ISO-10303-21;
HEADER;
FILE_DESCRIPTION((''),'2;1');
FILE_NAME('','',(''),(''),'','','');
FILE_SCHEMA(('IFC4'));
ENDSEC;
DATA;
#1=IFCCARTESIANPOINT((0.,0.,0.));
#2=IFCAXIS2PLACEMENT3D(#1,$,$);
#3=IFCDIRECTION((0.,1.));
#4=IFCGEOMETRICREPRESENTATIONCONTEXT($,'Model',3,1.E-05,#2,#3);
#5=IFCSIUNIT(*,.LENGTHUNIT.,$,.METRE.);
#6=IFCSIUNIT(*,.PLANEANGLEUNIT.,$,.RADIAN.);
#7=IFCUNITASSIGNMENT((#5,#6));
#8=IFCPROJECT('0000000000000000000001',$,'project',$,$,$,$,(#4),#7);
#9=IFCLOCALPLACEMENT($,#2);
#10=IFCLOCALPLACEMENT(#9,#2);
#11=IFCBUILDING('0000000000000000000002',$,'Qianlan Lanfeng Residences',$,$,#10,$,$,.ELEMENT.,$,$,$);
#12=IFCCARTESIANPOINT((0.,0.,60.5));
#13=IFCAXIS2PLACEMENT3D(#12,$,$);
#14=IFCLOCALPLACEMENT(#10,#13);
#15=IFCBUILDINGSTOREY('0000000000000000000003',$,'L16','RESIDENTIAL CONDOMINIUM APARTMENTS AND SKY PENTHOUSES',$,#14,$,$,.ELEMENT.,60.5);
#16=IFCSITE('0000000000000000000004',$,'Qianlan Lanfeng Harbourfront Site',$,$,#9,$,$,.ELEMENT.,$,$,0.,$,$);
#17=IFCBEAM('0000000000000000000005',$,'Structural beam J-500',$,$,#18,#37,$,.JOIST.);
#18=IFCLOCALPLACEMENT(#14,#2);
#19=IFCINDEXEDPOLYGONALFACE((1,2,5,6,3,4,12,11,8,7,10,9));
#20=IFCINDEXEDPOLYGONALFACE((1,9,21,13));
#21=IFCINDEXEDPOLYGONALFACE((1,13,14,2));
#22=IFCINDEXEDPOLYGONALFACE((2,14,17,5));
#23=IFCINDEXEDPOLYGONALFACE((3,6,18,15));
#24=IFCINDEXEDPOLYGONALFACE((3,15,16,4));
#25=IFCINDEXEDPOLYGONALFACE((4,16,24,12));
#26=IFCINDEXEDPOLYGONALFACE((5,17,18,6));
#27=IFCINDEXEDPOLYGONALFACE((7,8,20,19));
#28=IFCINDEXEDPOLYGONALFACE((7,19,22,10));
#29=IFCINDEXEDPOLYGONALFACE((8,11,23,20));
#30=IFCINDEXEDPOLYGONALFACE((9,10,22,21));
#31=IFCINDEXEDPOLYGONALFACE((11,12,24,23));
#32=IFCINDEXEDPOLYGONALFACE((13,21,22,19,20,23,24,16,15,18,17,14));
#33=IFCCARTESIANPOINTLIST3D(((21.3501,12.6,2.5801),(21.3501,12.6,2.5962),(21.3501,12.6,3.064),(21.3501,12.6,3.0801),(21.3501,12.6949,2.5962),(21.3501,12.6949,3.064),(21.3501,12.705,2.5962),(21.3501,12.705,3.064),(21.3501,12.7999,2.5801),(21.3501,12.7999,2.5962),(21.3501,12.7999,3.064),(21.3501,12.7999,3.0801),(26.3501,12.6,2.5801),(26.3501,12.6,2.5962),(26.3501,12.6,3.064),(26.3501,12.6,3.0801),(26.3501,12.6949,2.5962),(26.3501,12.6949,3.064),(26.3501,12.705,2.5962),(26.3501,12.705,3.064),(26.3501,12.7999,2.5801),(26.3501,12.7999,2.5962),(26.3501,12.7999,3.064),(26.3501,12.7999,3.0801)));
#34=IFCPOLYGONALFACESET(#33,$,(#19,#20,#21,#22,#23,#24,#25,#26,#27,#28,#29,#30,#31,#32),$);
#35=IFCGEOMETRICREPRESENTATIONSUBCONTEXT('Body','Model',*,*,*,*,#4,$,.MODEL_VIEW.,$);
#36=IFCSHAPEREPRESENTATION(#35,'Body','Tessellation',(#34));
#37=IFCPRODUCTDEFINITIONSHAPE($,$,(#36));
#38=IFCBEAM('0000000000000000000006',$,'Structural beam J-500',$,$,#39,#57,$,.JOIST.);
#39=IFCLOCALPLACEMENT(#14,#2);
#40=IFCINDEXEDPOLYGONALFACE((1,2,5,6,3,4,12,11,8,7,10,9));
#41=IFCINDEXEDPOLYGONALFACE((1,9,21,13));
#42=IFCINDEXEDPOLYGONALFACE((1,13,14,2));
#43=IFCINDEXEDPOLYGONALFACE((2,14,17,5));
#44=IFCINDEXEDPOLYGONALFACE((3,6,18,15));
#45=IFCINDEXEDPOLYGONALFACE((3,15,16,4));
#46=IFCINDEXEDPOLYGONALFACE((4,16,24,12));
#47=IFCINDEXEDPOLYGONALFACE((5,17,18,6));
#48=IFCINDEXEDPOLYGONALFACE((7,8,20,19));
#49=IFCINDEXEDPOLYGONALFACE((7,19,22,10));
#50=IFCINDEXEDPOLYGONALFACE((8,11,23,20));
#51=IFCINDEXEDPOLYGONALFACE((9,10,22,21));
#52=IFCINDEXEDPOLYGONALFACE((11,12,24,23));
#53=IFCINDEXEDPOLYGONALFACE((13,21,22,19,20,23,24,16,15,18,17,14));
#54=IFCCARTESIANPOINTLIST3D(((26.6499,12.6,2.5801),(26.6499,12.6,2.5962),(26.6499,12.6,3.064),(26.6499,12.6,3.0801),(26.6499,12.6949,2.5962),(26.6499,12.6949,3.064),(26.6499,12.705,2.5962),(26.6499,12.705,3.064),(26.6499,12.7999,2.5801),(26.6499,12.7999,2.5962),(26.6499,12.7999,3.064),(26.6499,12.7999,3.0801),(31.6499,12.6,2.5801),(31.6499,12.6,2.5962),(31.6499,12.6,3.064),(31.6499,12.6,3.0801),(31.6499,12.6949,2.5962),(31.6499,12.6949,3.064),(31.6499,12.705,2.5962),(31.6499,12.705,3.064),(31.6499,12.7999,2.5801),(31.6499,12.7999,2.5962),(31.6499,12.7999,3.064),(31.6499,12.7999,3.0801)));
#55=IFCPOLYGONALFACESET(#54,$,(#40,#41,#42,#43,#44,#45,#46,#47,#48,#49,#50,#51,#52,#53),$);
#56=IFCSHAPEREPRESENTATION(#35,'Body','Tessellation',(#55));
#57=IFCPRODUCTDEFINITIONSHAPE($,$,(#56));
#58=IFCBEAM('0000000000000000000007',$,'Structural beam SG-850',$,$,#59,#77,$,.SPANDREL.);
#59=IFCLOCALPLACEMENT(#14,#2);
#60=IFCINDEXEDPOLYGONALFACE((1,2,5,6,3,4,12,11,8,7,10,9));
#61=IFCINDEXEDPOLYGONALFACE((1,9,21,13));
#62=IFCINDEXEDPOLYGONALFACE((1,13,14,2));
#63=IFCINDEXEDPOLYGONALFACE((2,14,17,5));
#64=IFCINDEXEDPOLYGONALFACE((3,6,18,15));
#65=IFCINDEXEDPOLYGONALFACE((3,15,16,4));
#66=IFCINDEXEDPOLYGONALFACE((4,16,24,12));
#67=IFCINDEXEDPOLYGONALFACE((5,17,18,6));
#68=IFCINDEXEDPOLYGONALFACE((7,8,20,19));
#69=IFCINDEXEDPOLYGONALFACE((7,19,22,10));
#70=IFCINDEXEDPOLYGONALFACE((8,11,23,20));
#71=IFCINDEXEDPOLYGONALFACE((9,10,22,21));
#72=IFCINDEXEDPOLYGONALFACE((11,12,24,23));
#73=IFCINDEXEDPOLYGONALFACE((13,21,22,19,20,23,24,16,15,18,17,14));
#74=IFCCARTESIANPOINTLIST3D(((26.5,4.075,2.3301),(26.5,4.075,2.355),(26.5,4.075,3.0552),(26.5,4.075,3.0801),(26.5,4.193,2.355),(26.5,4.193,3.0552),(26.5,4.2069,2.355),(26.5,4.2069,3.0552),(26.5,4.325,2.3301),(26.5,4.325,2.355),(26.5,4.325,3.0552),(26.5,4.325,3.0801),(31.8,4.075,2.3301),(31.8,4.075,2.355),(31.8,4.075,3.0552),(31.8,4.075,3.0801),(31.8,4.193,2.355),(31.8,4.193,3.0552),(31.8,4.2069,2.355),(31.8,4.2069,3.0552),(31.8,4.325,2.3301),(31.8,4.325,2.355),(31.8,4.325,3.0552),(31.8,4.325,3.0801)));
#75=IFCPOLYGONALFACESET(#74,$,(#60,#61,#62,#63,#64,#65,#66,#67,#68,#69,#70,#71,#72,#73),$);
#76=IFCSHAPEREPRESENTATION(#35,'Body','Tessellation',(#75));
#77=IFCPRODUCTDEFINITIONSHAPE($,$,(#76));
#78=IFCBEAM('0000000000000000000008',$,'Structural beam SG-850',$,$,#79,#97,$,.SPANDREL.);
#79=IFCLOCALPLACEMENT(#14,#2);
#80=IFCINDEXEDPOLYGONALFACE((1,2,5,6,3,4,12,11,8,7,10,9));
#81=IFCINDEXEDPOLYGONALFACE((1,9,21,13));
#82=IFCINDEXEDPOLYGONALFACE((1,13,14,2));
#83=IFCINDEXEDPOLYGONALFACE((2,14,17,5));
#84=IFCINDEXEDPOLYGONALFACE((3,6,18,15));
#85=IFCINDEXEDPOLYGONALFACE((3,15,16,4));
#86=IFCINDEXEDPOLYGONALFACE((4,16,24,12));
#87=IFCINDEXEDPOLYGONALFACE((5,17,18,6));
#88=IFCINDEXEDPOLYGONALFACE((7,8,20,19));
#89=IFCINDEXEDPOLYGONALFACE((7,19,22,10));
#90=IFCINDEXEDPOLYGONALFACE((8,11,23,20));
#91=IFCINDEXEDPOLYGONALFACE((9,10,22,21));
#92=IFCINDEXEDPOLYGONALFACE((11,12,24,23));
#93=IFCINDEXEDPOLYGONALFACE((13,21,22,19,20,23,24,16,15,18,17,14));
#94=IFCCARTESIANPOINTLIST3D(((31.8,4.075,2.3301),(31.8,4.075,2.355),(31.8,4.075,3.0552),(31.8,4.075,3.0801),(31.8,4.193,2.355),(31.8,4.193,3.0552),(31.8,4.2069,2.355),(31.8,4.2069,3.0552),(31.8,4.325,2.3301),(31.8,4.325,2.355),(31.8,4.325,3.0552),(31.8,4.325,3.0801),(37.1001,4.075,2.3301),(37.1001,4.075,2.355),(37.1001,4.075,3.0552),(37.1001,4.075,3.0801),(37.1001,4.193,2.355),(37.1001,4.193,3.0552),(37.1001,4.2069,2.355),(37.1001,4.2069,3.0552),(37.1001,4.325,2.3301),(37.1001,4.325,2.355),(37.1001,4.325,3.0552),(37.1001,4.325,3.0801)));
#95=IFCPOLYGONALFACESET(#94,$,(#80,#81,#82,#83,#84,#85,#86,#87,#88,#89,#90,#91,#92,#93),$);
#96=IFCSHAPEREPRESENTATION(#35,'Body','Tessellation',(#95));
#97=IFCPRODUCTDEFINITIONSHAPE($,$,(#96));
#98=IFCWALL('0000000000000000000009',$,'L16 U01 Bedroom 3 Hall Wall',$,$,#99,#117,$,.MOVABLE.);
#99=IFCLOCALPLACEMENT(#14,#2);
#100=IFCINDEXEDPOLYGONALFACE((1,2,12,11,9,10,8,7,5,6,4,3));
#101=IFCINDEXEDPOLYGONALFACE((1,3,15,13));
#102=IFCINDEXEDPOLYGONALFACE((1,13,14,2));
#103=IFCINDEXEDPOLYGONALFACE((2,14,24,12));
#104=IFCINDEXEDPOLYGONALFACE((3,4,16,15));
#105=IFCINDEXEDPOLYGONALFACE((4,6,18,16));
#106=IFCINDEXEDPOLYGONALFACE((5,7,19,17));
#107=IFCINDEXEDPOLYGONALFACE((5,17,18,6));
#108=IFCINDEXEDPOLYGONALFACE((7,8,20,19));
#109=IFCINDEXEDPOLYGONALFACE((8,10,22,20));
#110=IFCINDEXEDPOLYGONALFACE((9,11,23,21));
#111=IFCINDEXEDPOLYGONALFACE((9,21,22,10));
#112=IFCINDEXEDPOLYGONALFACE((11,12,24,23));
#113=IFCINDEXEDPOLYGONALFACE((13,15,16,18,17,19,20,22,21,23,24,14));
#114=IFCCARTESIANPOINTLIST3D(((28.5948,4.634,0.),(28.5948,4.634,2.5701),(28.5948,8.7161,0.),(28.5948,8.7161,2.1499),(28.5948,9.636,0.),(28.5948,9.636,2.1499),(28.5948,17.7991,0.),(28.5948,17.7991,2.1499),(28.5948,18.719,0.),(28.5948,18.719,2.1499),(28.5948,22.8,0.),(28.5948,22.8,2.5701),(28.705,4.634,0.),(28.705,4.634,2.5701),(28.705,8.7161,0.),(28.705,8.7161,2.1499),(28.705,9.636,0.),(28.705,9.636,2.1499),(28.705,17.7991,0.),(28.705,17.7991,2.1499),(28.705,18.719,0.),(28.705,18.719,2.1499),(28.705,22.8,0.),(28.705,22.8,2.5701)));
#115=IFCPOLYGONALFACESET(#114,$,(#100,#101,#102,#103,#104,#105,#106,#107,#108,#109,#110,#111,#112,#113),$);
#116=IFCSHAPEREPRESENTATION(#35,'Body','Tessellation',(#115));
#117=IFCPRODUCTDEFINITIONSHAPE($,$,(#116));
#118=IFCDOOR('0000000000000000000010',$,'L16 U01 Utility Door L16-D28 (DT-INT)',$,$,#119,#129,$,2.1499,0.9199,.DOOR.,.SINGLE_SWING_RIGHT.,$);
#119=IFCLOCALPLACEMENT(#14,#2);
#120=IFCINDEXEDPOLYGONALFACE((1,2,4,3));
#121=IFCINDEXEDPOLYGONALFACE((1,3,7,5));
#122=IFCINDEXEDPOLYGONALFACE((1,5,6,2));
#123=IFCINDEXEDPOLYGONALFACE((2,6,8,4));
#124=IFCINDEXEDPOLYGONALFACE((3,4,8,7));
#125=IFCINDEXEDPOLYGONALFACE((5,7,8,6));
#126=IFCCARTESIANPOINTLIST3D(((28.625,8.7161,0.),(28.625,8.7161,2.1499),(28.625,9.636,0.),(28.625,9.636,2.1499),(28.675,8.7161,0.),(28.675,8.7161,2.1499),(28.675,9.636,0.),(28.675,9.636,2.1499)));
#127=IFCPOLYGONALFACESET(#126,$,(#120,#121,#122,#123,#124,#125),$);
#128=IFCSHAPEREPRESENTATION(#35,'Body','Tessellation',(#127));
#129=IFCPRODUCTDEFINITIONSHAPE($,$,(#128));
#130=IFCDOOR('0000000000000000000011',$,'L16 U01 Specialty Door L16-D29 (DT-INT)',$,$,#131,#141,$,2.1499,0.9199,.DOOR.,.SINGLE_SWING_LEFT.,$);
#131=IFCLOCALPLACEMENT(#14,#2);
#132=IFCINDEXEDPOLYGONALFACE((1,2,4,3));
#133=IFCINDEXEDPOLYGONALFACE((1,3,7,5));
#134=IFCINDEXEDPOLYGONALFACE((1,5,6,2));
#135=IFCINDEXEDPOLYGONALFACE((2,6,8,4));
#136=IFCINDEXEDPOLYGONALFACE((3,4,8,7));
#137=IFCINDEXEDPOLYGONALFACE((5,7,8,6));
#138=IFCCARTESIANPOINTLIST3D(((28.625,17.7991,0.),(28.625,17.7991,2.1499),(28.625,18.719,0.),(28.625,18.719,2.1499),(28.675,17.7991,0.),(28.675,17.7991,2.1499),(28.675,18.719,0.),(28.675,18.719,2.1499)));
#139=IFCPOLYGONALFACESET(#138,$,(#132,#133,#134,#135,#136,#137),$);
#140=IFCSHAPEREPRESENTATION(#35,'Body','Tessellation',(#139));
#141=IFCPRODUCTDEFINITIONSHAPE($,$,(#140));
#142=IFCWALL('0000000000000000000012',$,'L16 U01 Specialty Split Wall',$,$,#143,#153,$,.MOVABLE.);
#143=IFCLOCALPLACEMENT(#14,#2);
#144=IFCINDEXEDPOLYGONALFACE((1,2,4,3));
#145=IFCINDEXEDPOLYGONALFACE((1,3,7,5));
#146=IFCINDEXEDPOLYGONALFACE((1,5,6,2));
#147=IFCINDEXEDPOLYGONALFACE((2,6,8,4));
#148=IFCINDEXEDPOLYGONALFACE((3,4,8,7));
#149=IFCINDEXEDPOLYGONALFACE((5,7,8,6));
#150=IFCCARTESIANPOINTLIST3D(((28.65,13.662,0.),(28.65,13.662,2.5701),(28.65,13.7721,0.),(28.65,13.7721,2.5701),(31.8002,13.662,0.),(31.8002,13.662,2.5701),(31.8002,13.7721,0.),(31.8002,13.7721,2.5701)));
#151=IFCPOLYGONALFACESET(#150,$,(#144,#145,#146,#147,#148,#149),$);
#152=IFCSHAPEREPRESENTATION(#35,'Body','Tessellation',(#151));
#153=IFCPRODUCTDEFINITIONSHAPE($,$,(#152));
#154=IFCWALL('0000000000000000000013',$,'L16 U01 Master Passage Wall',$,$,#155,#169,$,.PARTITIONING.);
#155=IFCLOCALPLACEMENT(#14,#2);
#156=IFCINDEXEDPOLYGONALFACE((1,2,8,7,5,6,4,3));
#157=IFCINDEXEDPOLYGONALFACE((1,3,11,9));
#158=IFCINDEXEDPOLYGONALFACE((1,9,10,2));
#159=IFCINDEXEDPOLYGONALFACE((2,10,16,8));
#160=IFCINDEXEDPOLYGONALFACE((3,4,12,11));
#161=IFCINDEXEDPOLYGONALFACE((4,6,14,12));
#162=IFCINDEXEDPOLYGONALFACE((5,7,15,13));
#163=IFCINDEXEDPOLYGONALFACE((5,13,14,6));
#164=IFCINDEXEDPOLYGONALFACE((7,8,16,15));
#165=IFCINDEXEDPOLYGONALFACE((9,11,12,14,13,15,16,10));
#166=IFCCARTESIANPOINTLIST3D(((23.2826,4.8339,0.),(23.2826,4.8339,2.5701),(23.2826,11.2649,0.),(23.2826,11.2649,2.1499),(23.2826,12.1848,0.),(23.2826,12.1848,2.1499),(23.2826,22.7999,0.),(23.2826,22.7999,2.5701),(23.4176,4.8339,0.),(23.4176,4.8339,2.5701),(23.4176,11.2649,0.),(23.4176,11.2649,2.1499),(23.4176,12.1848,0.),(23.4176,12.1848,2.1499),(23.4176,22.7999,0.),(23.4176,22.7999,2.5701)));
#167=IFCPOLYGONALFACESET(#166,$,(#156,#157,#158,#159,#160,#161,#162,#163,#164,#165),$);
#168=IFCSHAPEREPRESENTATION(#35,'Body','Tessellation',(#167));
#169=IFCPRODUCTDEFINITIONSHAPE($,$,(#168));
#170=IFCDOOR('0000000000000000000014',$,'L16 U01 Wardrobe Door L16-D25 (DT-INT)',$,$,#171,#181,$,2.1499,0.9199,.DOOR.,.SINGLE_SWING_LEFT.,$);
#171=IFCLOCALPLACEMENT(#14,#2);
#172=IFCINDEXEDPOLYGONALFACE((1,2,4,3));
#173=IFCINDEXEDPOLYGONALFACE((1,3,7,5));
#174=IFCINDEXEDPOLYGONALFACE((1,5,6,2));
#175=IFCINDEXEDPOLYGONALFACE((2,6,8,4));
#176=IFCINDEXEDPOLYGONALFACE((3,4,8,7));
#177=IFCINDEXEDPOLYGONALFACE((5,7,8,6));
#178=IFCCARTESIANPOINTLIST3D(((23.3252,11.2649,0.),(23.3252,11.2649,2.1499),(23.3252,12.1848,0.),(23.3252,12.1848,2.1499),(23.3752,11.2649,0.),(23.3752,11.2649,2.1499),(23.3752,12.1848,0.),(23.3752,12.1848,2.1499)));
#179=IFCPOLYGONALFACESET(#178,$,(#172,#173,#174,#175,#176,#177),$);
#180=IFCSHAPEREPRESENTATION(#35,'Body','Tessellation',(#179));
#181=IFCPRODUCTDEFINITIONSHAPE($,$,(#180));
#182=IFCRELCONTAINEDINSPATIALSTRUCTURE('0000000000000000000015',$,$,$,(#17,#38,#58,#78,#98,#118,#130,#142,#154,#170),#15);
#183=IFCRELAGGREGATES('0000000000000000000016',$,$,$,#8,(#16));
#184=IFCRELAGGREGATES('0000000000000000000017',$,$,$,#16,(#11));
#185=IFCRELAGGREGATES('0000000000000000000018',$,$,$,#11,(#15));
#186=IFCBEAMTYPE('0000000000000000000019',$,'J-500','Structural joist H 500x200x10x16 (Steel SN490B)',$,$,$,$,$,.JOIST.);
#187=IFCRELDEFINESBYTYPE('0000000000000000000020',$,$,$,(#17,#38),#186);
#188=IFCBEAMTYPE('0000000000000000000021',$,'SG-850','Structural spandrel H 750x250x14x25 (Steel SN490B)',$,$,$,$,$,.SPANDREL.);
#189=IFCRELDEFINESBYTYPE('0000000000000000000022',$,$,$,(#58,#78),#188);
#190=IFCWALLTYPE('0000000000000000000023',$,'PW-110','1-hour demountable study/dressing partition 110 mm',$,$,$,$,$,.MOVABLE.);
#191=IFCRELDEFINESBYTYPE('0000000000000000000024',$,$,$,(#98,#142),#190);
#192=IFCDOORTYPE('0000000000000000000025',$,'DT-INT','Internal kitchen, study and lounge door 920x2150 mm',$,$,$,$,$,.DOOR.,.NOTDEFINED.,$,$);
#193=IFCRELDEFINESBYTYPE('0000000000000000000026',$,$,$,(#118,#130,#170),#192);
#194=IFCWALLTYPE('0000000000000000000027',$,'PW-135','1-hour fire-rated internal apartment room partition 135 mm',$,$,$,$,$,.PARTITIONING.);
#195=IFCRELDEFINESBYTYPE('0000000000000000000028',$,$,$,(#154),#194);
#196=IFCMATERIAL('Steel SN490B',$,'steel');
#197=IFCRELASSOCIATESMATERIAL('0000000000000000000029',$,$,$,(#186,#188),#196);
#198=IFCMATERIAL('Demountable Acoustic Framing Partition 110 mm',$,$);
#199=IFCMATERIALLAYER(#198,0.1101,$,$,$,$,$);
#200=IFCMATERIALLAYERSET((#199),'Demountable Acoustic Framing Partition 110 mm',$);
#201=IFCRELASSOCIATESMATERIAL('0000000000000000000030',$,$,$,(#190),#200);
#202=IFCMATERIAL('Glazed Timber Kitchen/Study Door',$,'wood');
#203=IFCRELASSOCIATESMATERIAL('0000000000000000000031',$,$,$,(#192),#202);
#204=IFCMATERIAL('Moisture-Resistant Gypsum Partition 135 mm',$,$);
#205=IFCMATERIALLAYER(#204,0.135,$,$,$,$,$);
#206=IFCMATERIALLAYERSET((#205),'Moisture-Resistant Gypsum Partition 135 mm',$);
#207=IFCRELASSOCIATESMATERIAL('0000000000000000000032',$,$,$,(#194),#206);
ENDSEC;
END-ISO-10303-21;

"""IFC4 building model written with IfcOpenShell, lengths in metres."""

from ifc_helpers import new_model, si_unit, direction, frame, frame_2d, origin, origin_2d, place, context, subcontext, project, spatial, rectangle, i_section, extrude, material, layer, layer_set, material_profile, profile_set, type_object, element, fill, save


model = new_model("IFC4")

# Units and contexts
model_context = context("Model", 3, precision=1e-05, world=origin(), true_north=direction((0.0, 1.0)))
body_context = subcontext(model_context, "Body", "Model", "MODEL_VIEW")
ifc_project = project(units=[si_unit("LENGTHUNIT", "METRE"), si_unit("PLANEANGLEUNIT", "RADIAN")], contexts=[model_context])

# Site, building, storey
site_placement = place(None, origin())
site = spatial("IfcSite", under=ifc_project, at=site_placement, Name="Qianlan Lanfeng Harbourfront Site", CompositionType="ELEMENT", RefElevation=0.0)
building_placement = place(site_placement, origin())
building = spatial("IfcBuilding", under=site, at=building_placement, Name="Qianlan Lanfeng Residences", CompositionType="ELEMENT")
storey_placement = place(building_placement, frame((0.0, 0.0, 60.5)))
storey = spatial("IfcBuildingStorey", under=building, at=storey_placement, Name="L16", Description="RESIDENTIAL CONDOMINIUM APARTMENTS AND SKY PENTHOUSES", CompositionType="ELEMENT", Elevation=60.5)

# Shared definitions
ifc_material_1 = material(Name="Steel SN490B", Category="steel")

# Beams
ifc_material_profile_1 = material_profile(ifc_material_1, i_section(OverallWidth=0.2, OverallDepth=0.5, WebThickness=0.01, FlangeThickness=0.0161, at=origin_2d()), Name="H 500x200x10x16")
ifc_profile_set_1 = profile_set([ifc_material_profile_1], Name="Steel SN490B")
beam_type_1 = type_object("IfcBeamType", Name="J-500", Description="Structural joist H 500x200x10x16 (Steel SN490B)", PredefinedType="JOIST", material=ifc_profile_set_1)
for number, where, z_axis, x_axis, name in (
    (1, (21.3501, 12.7, 2.8301), (1.0, 0.0, 0.0), (0.0, 1.0, 0.0), "Structural beam J-500"),
    (2, (26.6499, 12.7, 2.8301), (1.0, 0.0, 0.0), (0.0, 1.0, 0.0), "Structural beam J-500"),
):
    element("IfcBeam", number, at=place(storey_placement, frame(where, z_axis=z_axis, x_axis=x_axis)), inside=storey, type_object=beam_type_1, Name=name, PredefinedType="JOIST", context=body_context, shape_type="SweptSolid", body=[
        extrude(i_section(OverallWidth=0.2, OverallDepth=0.5, WebThickness=0.01, FlangeThickness=0.0161, at=origin_2d()), origin(), (0.0, 0.0, 1.0), 5.0),
    ])
ifc_material_profile_2 = material_profile(ifc_material_1, i_section(OverallWidth=0.25, OverallDepth=0.75, WebThickness=0.0139, FlangeThickness=0.0249, at=origin_2d()), Name="H 750x250x14x25")
ifc_profile_set_2 = profile_set([ifc_material_profile_2], Name="Steel SN490B")
beam_type_2 = type_object("IfcBeamType", Name="SG-850", Description="Structural spandrel H 750x250x14x25 (Steel SN490B)", PredefinedType="SPANDREL", material=ifc_profile_set_2)
for number, where, z_axis, x_axis, name in (
    (3, (26.5, 4.2, 2.7051), (1.0, 0.0, 0.0), (0.0, 1.0, 0.0), "Structural beam SG-850"),
    (4, (31.8, 4.2, 2.7051), (1.0, 0.0, 0.0), (0.0, 1.0, 0.0), "Structural beam SG-850"),
):
    element("IfcBeam", number, at=place(storey_placement, frame(where, z_axis=z_axis, x_axis=x_axis)), inside=storey, type_object=beam_type_2, Name=name, PredefinedType="SPANDREL", context=body_context, shape_type="SweptSolid", body=[
        extrude(i_section(OverallWidth=0.25, OverallDepth=0.75, WebThickness=0.0139, FlangeThickness=0.0249, at=origin_2d()), origin(), (0.0, 0.0, 1.0), 5.3),
    ])

# Wall, openings, doors
ifc_material_2 = material(Name="Demountable Acoustic Framing Partition 110 mm")
ifc_layer_1 = layer(ifc_material_2, 0.1101)
ifc_layer_set_1 = layer_set([ifc_layer_1], Name="Demountable Acoustic Framing Partition 110 mm")
wall_type_1 = type_object("IfcWallType", Name="PW-110", Description="1-hour demountable study/dressing partition 110 mm", PredefinedType="MOVABLE", material=ifc_layer_set_1)
wall_1_placement = place(storey_placement, frame((28.6499, 4.634, 0.0), z_axis=(0.0, 0.0, 1.0), x_axis=(0.0, 1.0, 0.0)))
wall_1 = element("IfcWall", 5, at=wall_1_placement, inside=storey, type_object=wall_type_1, Name="L16 U01 Bedroom 3 Hall Wall", PredefinedType="MOVABLE", context=body_context, shape_type="SweptSolid", body=[
    extrude(rectangle(XDim=18.166, YDim=0.1101, at=frame_2d((9.083, 0.0))), origin(), (0.0, 0.0, 1.0), 2.5701),
])
opening_1_placement = place(wall_1_placement, frame((4.082, 0.0, 0.0)))
opening_1 = element("IfcOpeningElement", 6, at=opening_1_placement, cuts=wall_1, PredefinedType="OPENING", context=body_context, shape_type="SweptSolid", body=[
    extrude(rectangle(XDim=0.9199, YDim=2.1499, at=frame_2d((0.46, 1.075))), frame((0.0, 0.0649, 0.0), z_axis=(0.0, -1.0, 0.0), x_axis=(1.0, 0.0, 0.0)), (0.0, 0.0, 1.0), 0.1301),
])
opening_2_placement = place(wall_1_placement, frame((13.165, 0.0, 0.0)))
opening_2 = element("IfcOpeningElement", 7, at=opening_2_placement, cuts=wall_1, PredefinedType="OPENING", context=body_context, shape_type="SweptSolid", body=[
    extrude(rectangle(XDim=0.9199, YDim=2.1499, at=frame_2d((0.46, 1.075))), frame((0.0, 0.0649, 0.0), z_axis=(0.0, -1.0, 0.0), x_axis=(1.0, 0.0, 0.0)), (0.0, 0.0, 1.0), 0.1301),
])
ifc_material_3 = material(Name="Glazed Timber Kitchen/Study Door", Category="wood")
door_type_1 = type_object("IfcDoorType", Name="DT-INT", Description="Internal kitchen, study and lounge door 920x2150 mm", OperationType="NOTDEFINED", PredefinedType="DOOR", material=ifc_material_3)
door_1_placement = place(opening_1_placement, origin())
door_1 = element("IfcDoor", 8, at=door_1_placement, inside=storey, type_object=door_type_1, Name="L16 U01 Utility Door L16-D28 (DT-INT)", OperationType="SINGLE_SWING_RIGHT", OverallHeight=2.1499, OverallWidth=0.9199, PredefinedType="DOOR", context=body_context, shape_type="SweptSolid", body=[
    extrude(rectangle(XDim=0.9199, YDim=2.1499, at=frame_2d((0.46, 1.075))), frame((0.0, 0.0249, 0.0), z_axis=(0.0, -1.0, 0.0), x_axis=(1.0, 0.0, 0.0)), (0.0, 0.0, 1.0), 0.05),
])
fill(opening_1, door_1)
door_2_placement = place(opening_2_placement, origin())
door_2 = element("IfcDoor", 9, at=door_2_placement, inside=storey, type_object=door_type_1, Name="L16 U01 Specialty Door L16-D29 (DT-INT)", OperationType="SINGLE_SWING_LEFT", OverallHeight=2.1499, OverallWidth=0.9199, PredefinedType="DOOR", context=body_context, shape_type="SweptSolid", body=[
    extrude(rectangle(XDim=0.9199, YDim=2.1499, at=frame_2d((0.46, 1.075))), frame((0.0, 0.0249, 0.0), z_axis=(0.0, -1.0, 0.0), x_axis=(1.0, 0.0, 0.0)), (0.0, 0.0, 1.0), 0.05),
])
fill(opening_2, door_2)

# Wall
wall_2_placement = place(storey_placement, frame((28.6499, 13.717, 0.0), z_axis=(0.0, 0.0, 1.0), x_axis=(1.0, 0.0, 0.0)))
element("IfcWall", 10, at=wall_2_placement, inside=storey, type_object=wall_type_1, Name="L16 U01 Specialty Split Wall", PredefinedType="MOVABLE", context=body_context, shape_type="SweptSolid", body=[
    extrude(rectangle(XDim=3.1501, YDim=0.1101, at=frame_2d((1.5752, 0.0))), origin(), (0.0, 0.0, 1.0), 2.5701),
])

# Shared definitions
ifc_material_4 = material(Name="Moisture-Resistant Gypsum Partition 135 mm")
ifc_layer_2 = layer(ifc_material_4, 0.135)
ifc_layer_set_2 = layer_set([ifc_layer_2], Name="Moisture-Resistant Gypsum Partition 135 mm")
wall_type_2 = type_object("IfcWallType", Name="PW-135", Description="1-hour fire-rated internal apartment room partition 135 mm", PredefinedType="PARTITIONING", material=ifc_layer_set_2)

# Wall, opening, door
wall_3_placement = place(storey_placement, frame((23.3501, 4.834, 0.0), z_axis=(0.0, 0.0, 1.0), x_axis=(0.0, 1.0, 0.0)))
wall_3 = element("IfcWall", 11, at=wall_3_placement, inside=storey, type_object=wall_type_2, Name="L16 U01 Master Passage Wall", PredefinedType="PARTITIONING", context=body_context, shape_type="SweptSolid", body=[
    extrude(rectangle(XDim=17.9661, YDim=0.135, at=frame_2d((8.9829, 0.0))), origin(), (0.0, 0.0, 1.0), 2.5701),
])
opening_3_placement = place(wall_3_placement, frame((6.4309, 0.0, 0.0)))
opening_3 = element("IfcOpeningElement", 12, at=opening_3_placement, cuts=wall_3, PredefinedType="OPENING", context=body_context, shape_type="SweptSolid", body=[
    extrude(rectangle(XDim=0.9199, YDim=2.1499, at=frame_2d((0.46, 1.075))), frame((0.0, 0.0776, 0.0), z_axis=(0.0, -1.0, 0.0), x_axis=(1.0, 0.0, 0.0)), (0.0, 0.0, 1.0), 0.155),
])
door_3_placement = place(opening_3_placement, origin())
door_3 = element("IfcDoor", 13, at=door_3_placement, inside=storey, type_object=door_type_1, Name="L16 U01 Wardrobe Door L16-D25 (DT-INT)", OperationType="SINGLE_SWING_LEFT", OverallHeight=2.1499, OverallWidth=0.9199, PredefinedType="DOOR", context=body_context, shape_type="SweptSolid", body=[
    extrude(rectangle(XDim=0.9199, YDim=2.1499, at=frame_2d((0.46, 1.075))), frame((0.0, 0.0249, 0.0), z_axis=(0.0, -1.0, 0.0), x_axis=(1.0, 0.0, 0.0)), (0.0, 0.0, 1.0), 0.05),
])
fill(opening_3, door_3)

save(model, "model.ifc")
